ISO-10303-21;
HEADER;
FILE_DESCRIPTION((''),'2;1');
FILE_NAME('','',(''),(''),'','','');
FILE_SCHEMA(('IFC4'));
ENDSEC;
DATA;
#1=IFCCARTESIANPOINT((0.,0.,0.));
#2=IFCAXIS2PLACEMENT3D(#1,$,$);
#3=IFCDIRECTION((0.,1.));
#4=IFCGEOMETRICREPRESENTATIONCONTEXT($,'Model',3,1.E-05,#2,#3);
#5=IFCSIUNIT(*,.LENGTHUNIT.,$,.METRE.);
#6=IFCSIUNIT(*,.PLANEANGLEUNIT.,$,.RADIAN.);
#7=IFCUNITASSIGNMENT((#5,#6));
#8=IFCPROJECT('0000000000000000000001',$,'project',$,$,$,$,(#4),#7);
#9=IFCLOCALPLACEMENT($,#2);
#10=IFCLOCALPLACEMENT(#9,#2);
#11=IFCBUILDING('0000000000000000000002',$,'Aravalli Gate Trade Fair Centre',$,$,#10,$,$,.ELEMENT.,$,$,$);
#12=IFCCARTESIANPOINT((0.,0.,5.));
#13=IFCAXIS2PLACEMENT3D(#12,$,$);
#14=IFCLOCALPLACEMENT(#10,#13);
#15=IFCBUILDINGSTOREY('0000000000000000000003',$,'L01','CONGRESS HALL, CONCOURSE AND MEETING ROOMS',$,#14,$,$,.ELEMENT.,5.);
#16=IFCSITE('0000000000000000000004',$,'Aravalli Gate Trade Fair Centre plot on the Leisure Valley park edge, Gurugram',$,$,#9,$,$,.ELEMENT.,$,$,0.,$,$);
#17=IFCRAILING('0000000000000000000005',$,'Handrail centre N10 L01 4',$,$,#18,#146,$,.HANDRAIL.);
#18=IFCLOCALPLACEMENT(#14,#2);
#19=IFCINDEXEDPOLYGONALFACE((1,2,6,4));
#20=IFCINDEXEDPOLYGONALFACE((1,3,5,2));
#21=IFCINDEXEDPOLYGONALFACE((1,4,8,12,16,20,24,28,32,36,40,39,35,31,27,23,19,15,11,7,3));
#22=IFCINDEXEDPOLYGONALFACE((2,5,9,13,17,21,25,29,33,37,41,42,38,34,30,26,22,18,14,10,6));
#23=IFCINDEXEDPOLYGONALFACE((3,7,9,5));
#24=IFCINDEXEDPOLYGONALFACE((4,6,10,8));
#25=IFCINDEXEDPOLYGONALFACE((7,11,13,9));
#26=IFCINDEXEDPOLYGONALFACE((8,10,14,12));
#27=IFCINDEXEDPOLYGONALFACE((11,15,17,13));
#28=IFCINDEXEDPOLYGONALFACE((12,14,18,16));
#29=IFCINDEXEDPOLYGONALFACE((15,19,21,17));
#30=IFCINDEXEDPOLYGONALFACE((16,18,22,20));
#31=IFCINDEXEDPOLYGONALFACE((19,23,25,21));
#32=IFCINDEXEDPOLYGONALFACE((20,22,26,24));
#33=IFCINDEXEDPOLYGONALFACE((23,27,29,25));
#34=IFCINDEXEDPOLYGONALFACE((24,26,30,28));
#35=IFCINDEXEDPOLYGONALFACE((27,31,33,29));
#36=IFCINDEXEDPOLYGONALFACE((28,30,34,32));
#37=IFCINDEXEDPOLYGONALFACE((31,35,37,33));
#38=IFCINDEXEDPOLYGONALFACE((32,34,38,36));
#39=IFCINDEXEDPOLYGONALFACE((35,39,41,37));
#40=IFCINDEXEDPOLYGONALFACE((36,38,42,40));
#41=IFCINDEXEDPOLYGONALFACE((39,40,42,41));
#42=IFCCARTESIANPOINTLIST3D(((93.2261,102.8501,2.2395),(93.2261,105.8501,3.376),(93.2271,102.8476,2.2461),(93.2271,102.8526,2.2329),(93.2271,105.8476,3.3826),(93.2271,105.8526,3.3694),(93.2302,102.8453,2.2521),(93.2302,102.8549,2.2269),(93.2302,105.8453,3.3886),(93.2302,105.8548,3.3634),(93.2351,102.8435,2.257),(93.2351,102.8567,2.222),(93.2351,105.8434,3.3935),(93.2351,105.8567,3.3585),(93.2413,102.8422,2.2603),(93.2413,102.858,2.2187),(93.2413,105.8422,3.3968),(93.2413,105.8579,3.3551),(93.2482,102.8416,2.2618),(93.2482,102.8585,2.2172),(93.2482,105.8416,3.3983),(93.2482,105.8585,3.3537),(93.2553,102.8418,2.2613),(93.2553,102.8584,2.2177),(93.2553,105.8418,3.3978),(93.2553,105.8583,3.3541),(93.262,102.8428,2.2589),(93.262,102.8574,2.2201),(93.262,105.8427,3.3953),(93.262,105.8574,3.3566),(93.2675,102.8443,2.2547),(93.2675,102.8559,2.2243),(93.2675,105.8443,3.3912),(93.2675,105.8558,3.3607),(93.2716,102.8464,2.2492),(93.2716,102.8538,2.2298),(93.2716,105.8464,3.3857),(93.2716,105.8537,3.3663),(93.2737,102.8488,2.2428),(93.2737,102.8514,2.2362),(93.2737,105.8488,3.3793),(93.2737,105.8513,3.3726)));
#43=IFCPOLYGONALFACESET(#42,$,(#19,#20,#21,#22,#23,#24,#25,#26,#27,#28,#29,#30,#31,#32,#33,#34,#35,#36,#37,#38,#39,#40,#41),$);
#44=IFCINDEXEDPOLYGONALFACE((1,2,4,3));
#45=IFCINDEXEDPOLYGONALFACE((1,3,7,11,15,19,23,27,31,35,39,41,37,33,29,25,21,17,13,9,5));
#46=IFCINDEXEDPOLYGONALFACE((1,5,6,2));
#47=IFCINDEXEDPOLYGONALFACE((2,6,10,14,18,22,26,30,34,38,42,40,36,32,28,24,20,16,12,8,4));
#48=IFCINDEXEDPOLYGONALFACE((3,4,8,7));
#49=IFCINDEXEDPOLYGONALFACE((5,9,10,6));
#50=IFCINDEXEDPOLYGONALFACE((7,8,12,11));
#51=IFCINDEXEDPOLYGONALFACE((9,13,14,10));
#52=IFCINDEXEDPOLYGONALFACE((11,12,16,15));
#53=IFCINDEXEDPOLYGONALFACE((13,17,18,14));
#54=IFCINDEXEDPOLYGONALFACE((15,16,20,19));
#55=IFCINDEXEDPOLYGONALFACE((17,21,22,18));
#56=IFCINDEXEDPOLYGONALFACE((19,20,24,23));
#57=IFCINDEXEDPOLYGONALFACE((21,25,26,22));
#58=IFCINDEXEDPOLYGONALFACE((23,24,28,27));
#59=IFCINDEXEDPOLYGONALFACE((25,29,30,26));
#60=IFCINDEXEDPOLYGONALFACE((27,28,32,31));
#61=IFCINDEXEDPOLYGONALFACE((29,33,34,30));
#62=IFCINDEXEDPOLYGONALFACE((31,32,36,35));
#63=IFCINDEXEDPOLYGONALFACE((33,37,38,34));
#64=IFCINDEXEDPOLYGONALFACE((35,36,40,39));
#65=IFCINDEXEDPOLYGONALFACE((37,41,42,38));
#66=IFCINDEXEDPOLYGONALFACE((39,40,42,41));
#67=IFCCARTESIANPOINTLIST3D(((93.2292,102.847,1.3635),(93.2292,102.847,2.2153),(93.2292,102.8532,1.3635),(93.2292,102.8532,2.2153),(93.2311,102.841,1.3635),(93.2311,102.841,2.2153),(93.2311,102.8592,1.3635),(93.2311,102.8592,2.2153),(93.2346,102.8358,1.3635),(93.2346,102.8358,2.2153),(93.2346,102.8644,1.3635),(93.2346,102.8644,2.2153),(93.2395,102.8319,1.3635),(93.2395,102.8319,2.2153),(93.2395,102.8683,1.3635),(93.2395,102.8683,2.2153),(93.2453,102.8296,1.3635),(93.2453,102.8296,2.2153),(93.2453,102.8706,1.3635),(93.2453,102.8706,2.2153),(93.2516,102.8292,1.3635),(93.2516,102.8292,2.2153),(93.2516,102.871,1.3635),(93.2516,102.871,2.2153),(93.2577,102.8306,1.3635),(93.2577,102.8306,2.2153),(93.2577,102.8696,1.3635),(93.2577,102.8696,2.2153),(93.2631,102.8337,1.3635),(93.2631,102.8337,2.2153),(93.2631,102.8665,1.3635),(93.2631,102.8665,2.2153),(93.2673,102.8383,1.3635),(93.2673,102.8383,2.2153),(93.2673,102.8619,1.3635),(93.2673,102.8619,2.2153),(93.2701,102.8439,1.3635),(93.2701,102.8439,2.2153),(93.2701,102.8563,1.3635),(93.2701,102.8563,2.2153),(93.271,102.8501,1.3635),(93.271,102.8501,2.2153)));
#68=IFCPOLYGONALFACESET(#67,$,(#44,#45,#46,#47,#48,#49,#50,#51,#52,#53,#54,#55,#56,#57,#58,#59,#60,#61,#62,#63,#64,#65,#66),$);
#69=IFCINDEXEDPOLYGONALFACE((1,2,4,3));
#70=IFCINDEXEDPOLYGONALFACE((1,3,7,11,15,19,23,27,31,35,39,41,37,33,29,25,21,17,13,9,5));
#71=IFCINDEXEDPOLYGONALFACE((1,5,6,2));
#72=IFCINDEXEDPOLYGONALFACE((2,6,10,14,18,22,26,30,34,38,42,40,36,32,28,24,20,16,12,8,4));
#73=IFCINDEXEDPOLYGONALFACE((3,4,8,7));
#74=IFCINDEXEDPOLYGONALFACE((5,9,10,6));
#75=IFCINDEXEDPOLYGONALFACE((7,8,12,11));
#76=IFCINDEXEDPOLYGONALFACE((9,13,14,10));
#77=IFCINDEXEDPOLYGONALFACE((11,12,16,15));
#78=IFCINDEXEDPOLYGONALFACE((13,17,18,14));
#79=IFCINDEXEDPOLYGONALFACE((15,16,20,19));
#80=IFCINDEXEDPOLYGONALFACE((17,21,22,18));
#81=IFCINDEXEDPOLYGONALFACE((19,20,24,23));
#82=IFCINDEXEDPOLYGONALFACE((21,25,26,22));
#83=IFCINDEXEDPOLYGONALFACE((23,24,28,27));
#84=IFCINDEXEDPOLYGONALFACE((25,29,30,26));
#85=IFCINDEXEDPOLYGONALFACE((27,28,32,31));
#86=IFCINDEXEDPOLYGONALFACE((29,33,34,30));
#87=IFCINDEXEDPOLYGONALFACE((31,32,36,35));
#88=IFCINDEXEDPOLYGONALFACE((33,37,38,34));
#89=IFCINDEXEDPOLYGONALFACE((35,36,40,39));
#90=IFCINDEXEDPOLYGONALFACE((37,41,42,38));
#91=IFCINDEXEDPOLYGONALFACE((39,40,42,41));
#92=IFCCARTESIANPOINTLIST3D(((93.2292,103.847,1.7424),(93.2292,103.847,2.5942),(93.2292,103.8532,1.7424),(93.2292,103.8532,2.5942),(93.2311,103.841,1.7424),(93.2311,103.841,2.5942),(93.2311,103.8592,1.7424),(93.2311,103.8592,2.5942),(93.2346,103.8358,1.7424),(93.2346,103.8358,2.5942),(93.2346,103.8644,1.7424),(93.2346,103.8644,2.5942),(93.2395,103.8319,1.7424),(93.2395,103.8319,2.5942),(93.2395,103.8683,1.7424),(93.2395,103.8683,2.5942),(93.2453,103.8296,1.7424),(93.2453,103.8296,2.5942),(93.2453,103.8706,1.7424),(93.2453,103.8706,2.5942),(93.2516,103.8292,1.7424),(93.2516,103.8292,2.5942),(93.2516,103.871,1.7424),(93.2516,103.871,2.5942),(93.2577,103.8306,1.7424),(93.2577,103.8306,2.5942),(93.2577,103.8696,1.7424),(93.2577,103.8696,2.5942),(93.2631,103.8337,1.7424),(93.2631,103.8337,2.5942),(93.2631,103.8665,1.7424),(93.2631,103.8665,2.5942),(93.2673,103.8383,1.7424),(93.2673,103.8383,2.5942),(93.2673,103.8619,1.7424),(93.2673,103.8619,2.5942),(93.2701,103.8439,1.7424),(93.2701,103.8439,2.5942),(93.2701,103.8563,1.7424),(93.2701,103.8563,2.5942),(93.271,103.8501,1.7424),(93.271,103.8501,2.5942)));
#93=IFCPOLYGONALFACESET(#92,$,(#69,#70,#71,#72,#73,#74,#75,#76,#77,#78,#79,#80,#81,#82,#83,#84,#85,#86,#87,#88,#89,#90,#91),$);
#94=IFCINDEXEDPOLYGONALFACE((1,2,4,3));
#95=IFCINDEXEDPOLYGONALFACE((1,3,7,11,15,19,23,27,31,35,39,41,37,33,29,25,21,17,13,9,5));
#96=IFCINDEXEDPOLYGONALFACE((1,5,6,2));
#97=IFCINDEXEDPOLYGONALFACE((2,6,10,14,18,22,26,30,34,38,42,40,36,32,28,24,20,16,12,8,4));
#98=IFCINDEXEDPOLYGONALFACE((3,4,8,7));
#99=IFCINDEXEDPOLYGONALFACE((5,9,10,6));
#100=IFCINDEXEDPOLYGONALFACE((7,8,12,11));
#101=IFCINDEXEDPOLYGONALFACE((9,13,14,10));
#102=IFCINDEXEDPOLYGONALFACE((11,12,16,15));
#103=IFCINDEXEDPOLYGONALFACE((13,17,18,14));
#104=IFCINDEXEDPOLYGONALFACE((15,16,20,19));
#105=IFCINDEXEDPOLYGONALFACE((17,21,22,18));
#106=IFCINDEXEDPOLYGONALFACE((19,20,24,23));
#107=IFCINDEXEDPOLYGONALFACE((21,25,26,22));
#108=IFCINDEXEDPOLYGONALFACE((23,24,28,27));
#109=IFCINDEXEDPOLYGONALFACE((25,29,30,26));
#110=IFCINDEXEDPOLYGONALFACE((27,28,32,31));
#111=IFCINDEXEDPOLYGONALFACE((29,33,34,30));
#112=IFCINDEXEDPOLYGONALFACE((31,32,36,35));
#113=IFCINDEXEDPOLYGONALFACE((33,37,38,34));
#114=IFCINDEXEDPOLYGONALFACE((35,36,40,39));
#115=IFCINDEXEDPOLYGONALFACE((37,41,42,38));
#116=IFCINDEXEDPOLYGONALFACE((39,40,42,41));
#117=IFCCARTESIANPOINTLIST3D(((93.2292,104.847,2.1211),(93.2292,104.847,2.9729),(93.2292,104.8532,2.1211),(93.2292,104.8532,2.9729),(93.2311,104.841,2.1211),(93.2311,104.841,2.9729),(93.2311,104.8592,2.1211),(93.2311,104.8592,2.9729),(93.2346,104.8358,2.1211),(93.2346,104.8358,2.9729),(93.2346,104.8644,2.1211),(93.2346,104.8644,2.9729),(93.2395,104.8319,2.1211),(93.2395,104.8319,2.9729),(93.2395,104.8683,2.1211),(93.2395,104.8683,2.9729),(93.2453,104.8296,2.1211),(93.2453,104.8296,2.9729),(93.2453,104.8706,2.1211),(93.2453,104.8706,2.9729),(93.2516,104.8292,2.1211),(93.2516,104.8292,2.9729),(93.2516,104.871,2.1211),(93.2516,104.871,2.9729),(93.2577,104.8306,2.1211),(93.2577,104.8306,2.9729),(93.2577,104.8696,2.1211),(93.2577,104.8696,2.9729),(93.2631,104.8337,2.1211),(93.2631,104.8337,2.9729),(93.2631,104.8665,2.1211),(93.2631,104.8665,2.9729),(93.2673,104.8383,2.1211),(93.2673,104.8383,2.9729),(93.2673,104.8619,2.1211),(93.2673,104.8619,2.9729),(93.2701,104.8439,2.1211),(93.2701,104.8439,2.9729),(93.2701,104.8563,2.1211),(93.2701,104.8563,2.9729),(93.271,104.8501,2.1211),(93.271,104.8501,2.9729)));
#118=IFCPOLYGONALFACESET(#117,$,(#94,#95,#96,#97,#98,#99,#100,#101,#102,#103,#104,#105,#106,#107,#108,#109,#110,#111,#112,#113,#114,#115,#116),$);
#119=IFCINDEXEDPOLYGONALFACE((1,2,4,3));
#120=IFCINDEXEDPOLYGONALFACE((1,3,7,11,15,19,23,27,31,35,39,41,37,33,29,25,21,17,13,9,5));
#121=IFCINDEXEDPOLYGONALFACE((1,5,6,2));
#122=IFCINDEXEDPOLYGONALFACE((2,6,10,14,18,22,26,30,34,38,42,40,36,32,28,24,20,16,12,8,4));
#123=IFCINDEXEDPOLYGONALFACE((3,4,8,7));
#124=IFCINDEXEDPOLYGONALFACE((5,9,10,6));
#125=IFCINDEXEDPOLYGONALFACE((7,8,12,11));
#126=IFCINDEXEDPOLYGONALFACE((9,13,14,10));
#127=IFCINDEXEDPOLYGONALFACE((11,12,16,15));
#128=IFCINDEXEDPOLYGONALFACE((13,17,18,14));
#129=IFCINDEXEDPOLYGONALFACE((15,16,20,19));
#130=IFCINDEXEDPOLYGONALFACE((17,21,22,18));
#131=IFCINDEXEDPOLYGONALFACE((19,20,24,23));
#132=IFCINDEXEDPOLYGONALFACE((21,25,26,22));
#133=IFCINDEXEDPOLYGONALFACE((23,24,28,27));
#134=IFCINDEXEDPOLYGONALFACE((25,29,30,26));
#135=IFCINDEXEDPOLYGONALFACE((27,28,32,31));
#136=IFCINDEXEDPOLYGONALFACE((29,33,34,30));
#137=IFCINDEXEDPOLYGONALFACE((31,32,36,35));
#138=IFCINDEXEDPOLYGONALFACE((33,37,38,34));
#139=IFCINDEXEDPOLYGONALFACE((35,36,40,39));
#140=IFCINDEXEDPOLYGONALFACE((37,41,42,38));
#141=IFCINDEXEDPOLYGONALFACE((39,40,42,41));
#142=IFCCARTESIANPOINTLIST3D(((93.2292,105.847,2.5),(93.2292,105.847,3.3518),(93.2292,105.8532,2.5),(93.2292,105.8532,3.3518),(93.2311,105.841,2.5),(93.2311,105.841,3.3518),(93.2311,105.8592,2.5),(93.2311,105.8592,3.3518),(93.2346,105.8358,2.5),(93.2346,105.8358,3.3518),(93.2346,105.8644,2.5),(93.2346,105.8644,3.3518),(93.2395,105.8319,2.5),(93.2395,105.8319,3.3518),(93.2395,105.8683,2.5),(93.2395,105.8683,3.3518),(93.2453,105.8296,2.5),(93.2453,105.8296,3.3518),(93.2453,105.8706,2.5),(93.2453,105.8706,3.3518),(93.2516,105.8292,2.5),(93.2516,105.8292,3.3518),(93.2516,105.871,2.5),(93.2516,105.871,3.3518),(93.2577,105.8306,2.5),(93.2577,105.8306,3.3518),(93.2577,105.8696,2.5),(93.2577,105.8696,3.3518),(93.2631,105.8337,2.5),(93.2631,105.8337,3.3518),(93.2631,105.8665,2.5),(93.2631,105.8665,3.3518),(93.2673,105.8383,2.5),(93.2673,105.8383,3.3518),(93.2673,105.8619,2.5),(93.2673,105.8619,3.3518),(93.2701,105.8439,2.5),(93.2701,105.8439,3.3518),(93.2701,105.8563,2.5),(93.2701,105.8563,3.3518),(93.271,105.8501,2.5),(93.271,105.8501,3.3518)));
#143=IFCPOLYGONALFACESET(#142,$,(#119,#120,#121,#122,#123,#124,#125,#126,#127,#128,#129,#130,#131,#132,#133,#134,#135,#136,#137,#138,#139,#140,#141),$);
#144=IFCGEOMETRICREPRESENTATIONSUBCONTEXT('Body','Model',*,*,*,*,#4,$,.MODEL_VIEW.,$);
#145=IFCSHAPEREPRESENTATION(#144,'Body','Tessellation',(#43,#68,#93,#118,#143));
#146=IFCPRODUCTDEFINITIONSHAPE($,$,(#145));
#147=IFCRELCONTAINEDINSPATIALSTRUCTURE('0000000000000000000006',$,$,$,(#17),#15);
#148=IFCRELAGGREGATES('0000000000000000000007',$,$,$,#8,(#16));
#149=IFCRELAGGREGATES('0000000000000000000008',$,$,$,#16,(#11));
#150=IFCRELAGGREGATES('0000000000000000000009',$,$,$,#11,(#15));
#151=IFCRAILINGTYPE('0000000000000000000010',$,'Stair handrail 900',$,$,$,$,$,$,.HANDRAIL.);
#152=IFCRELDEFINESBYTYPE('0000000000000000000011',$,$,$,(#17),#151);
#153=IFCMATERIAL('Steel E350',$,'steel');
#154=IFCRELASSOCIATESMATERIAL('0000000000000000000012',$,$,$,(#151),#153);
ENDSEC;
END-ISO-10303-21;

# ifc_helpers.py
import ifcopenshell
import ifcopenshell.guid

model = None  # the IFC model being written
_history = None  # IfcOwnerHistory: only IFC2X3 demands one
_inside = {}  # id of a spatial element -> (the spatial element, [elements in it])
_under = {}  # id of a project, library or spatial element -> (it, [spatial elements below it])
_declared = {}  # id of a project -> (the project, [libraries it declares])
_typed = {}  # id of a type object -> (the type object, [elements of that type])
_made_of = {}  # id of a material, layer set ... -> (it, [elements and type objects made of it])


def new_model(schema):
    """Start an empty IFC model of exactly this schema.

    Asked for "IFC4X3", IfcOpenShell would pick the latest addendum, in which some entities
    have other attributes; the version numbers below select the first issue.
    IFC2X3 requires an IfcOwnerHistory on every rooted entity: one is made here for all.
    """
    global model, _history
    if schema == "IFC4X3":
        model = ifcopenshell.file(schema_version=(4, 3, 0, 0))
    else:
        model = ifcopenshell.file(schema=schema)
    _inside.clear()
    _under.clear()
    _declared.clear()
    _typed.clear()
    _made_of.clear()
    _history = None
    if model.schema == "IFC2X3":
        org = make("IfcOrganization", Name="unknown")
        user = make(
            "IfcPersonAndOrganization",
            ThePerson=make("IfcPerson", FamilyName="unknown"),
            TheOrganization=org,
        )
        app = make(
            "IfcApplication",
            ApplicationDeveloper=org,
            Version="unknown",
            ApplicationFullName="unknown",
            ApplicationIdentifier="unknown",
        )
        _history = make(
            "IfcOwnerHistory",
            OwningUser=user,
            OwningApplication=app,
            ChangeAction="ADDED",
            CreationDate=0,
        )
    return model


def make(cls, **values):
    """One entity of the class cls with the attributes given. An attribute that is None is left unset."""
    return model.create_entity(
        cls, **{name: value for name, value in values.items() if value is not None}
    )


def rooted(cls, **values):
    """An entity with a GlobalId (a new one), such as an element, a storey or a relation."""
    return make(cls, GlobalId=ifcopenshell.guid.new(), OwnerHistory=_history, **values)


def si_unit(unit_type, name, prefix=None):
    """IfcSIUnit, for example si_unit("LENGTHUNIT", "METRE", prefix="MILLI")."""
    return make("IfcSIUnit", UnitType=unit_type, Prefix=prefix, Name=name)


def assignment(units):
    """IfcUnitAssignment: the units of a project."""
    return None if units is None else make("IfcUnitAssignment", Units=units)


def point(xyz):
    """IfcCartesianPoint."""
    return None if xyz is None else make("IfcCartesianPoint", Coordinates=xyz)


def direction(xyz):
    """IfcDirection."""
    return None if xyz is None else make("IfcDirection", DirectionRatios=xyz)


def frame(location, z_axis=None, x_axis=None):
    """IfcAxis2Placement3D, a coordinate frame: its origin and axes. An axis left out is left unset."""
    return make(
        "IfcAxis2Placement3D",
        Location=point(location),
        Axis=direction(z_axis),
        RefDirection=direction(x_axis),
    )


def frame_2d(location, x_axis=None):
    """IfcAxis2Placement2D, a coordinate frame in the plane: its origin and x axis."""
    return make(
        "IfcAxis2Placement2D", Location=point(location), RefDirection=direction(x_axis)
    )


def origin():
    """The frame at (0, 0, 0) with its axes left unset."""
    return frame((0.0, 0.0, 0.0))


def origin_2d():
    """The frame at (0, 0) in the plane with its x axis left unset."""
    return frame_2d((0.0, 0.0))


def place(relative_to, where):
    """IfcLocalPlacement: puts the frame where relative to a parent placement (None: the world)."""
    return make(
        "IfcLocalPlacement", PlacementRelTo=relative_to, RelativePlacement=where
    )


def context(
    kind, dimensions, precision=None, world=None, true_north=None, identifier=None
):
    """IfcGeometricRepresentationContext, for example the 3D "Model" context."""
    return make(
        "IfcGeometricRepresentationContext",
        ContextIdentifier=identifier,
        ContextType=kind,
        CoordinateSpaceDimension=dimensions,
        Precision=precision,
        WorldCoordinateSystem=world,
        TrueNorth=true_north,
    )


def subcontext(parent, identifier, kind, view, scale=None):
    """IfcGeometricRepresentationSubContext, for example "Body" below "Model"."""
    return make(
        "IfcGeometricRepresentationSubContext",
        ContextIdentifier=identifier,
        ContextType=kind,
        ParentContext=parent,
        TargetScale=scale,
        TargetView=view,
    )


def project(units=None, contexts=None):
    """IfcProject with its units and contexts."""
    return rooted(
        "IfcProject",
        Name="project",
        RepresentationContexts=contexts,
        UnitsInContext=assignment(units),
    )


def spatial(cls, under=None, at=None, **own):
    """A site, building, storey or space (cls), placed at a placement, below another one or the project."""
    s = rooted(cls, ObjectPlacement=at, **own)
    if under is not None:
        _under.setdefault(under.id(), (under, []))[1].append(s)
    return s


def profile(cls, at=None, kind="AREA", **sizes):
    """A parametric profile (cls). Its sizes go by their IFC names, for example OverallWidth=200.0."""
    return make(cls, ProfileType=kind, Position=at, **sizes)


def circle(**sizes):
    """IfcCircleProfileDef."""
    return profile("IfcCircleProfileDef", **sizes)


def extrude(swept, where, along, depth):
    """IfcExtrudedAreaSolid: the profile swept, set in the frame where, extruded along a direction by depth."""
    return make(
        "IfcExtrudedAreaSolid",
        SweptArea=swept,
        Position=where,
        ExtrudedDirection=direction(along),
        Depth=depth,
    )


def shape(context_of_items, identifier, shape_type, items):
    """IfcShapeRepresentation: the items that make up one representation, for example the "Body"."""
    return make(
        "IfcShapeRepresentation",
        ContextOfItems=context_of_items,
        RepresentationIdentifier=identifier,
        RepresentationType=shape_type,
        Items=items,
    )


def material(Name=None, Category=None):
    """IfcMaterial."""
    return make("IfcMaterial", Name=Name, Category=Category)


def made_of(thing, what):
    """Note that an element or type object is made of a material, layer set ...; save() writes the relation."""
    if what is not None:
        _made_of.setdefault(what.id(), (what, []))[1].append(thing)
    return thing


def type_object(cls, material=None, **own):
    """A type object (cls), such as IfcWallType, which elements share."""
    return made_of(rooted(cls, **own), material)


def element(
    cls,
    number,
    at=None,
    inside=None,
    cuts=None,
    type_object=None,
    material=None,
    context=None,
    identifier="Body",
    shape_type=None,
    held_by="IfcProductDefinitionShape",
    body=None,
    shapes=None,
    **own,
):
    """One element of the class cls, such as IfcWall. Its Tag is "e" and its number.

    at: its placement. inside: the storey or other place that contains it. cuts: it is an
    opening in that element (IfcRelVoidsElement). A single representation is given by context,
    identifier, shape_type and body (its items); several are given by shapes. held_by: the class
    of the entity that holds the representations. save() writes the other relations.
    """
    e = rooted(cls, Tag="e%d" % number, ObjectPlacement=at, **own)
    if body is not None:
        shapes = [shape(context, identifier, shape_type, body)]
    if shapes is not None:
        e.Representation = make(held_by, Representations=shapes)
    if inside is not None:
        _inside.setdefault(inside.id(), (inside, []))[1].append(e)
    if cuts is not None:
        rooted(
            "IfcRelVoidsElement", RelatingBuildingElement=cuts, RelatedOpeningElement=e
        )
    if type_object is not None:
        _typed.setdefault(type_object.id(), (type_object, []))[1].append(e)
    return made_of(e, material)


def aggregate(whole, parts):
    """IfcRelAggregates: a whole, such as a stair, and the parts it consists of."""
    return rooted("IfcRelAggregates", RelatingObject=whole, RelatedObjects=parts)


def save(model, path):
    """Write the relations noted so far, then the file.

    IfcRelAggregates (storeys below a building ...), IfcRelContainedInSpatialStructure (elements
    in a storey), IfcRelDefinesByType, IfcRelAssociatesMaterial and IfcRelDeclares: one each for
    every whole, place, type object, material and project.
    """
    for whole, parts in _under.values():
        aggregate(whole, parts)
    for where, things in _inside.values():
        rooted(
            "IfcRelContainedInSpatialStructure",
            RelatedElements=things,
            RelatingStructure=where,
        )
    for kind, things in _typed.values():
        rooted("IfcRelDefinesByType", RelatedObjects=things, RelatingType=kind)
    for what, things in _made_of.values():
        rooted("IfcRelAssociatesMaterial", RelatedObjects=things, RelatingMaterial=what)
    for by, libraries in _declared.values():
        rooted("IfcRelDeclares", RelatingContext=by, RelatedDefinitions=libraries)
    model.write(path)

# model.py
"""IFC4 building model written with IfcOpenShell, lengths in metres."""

from ifc_helpers import new_model, si_unit, direction, frame, origin, origin_2d, place, context, subcontext, project, spatial, circle, extrude, material, type_object, element, save


model = new_model("IFC4")

# Units and contexts
model_context = context("Model", 3, precision=1e-05, world=origin(), true_north=direction((0.0, 1.0)))
body_context = subcontext(model_context, "Body", "Model", "MODEL_VIEW")
ifc_project = project(units=[si_unit("LENGTHUNIT", "METRE"), si_unit("PLANEANGLEUNIT", "RADIAN")], contexts=[model_context])

# Site, building, storey
site_placement = place(None, origin())
site = spatial("IfcSite", under=ifc_project, at=site_placement, Name="Aravalli Gate Trade Fair Centre plot on the Leisure Valley park edge, Gurugram", CompositionType="ELEMENT", RefElevation=0.0)
building_placement = place(site_placement, origin())
building = spatial("IfcBuilding", under=site, at=building_placement, Name="Aravalli Gate Trade Fair Centre", CompositionType="ELEMENT")
storey_placement = place(building_placement, frame((0.0, 0.0, 5.0)))
storey = spatial("IfcBuildingStorey", under=building, at=storey_placement, Name="L01", Description="CONGRESS HALL, CONCOURSE AND MEETING ROOMS", CompositionType="ELEMENT", Elevation=5.0)

# Railing
ifc_material_1 = material(Name="Steel E350", Category="steel")
railing_type = type_object("IfcRailingType", Name="Stair handrail 900", PredefinedType="HANDRAIL", material=ifc_material_1)
for number, where, name in (
    (1, (93.25, 102.8501, 1.3635), "Handrail centre N10 L01 4"),
):
    element("IfcRailing", number, at=place(storey_placement, frame(where)), inside=storey, type_object=railing_type, Name=name, PredefinedType="HANDRAIL", context=body_context, shape_type="SweptSolid", body=[
        extrude(circle(Radius=0.0239, at=origin_2d()), frame((0.0, 0.0, 0.876), z_axis=(0.0, 0.935148, 0.354257), x_axis=(-1.0, 0.0, 0.0)), (0.0, 0.0, 1.0), 3.208),
        extrude(circle(Radius=0.021, at=origin_2d()), origin(), (0.0, 0.0, 1.0), 0.8518),
        extrude(circle(Radius=0.021, at=origin_2d()), frame((0.0, 1.0, 0.3789)), (0.0, 0.0, 1.0), 0.8518),
        extrude(circle(Radius=0.021, at=origin_2d()), frame((0.0, 2.0, 0.7576)), (0.0, 0.0, 1.0), 0.8518),
        extrude(circle(Radius=0.021, at=origin_2d()), frame((0.0, 3.0, 1.1365)), (0.0, 0.0, 1.0), 0.8518),
    ])

save(model, "model.ifc")
